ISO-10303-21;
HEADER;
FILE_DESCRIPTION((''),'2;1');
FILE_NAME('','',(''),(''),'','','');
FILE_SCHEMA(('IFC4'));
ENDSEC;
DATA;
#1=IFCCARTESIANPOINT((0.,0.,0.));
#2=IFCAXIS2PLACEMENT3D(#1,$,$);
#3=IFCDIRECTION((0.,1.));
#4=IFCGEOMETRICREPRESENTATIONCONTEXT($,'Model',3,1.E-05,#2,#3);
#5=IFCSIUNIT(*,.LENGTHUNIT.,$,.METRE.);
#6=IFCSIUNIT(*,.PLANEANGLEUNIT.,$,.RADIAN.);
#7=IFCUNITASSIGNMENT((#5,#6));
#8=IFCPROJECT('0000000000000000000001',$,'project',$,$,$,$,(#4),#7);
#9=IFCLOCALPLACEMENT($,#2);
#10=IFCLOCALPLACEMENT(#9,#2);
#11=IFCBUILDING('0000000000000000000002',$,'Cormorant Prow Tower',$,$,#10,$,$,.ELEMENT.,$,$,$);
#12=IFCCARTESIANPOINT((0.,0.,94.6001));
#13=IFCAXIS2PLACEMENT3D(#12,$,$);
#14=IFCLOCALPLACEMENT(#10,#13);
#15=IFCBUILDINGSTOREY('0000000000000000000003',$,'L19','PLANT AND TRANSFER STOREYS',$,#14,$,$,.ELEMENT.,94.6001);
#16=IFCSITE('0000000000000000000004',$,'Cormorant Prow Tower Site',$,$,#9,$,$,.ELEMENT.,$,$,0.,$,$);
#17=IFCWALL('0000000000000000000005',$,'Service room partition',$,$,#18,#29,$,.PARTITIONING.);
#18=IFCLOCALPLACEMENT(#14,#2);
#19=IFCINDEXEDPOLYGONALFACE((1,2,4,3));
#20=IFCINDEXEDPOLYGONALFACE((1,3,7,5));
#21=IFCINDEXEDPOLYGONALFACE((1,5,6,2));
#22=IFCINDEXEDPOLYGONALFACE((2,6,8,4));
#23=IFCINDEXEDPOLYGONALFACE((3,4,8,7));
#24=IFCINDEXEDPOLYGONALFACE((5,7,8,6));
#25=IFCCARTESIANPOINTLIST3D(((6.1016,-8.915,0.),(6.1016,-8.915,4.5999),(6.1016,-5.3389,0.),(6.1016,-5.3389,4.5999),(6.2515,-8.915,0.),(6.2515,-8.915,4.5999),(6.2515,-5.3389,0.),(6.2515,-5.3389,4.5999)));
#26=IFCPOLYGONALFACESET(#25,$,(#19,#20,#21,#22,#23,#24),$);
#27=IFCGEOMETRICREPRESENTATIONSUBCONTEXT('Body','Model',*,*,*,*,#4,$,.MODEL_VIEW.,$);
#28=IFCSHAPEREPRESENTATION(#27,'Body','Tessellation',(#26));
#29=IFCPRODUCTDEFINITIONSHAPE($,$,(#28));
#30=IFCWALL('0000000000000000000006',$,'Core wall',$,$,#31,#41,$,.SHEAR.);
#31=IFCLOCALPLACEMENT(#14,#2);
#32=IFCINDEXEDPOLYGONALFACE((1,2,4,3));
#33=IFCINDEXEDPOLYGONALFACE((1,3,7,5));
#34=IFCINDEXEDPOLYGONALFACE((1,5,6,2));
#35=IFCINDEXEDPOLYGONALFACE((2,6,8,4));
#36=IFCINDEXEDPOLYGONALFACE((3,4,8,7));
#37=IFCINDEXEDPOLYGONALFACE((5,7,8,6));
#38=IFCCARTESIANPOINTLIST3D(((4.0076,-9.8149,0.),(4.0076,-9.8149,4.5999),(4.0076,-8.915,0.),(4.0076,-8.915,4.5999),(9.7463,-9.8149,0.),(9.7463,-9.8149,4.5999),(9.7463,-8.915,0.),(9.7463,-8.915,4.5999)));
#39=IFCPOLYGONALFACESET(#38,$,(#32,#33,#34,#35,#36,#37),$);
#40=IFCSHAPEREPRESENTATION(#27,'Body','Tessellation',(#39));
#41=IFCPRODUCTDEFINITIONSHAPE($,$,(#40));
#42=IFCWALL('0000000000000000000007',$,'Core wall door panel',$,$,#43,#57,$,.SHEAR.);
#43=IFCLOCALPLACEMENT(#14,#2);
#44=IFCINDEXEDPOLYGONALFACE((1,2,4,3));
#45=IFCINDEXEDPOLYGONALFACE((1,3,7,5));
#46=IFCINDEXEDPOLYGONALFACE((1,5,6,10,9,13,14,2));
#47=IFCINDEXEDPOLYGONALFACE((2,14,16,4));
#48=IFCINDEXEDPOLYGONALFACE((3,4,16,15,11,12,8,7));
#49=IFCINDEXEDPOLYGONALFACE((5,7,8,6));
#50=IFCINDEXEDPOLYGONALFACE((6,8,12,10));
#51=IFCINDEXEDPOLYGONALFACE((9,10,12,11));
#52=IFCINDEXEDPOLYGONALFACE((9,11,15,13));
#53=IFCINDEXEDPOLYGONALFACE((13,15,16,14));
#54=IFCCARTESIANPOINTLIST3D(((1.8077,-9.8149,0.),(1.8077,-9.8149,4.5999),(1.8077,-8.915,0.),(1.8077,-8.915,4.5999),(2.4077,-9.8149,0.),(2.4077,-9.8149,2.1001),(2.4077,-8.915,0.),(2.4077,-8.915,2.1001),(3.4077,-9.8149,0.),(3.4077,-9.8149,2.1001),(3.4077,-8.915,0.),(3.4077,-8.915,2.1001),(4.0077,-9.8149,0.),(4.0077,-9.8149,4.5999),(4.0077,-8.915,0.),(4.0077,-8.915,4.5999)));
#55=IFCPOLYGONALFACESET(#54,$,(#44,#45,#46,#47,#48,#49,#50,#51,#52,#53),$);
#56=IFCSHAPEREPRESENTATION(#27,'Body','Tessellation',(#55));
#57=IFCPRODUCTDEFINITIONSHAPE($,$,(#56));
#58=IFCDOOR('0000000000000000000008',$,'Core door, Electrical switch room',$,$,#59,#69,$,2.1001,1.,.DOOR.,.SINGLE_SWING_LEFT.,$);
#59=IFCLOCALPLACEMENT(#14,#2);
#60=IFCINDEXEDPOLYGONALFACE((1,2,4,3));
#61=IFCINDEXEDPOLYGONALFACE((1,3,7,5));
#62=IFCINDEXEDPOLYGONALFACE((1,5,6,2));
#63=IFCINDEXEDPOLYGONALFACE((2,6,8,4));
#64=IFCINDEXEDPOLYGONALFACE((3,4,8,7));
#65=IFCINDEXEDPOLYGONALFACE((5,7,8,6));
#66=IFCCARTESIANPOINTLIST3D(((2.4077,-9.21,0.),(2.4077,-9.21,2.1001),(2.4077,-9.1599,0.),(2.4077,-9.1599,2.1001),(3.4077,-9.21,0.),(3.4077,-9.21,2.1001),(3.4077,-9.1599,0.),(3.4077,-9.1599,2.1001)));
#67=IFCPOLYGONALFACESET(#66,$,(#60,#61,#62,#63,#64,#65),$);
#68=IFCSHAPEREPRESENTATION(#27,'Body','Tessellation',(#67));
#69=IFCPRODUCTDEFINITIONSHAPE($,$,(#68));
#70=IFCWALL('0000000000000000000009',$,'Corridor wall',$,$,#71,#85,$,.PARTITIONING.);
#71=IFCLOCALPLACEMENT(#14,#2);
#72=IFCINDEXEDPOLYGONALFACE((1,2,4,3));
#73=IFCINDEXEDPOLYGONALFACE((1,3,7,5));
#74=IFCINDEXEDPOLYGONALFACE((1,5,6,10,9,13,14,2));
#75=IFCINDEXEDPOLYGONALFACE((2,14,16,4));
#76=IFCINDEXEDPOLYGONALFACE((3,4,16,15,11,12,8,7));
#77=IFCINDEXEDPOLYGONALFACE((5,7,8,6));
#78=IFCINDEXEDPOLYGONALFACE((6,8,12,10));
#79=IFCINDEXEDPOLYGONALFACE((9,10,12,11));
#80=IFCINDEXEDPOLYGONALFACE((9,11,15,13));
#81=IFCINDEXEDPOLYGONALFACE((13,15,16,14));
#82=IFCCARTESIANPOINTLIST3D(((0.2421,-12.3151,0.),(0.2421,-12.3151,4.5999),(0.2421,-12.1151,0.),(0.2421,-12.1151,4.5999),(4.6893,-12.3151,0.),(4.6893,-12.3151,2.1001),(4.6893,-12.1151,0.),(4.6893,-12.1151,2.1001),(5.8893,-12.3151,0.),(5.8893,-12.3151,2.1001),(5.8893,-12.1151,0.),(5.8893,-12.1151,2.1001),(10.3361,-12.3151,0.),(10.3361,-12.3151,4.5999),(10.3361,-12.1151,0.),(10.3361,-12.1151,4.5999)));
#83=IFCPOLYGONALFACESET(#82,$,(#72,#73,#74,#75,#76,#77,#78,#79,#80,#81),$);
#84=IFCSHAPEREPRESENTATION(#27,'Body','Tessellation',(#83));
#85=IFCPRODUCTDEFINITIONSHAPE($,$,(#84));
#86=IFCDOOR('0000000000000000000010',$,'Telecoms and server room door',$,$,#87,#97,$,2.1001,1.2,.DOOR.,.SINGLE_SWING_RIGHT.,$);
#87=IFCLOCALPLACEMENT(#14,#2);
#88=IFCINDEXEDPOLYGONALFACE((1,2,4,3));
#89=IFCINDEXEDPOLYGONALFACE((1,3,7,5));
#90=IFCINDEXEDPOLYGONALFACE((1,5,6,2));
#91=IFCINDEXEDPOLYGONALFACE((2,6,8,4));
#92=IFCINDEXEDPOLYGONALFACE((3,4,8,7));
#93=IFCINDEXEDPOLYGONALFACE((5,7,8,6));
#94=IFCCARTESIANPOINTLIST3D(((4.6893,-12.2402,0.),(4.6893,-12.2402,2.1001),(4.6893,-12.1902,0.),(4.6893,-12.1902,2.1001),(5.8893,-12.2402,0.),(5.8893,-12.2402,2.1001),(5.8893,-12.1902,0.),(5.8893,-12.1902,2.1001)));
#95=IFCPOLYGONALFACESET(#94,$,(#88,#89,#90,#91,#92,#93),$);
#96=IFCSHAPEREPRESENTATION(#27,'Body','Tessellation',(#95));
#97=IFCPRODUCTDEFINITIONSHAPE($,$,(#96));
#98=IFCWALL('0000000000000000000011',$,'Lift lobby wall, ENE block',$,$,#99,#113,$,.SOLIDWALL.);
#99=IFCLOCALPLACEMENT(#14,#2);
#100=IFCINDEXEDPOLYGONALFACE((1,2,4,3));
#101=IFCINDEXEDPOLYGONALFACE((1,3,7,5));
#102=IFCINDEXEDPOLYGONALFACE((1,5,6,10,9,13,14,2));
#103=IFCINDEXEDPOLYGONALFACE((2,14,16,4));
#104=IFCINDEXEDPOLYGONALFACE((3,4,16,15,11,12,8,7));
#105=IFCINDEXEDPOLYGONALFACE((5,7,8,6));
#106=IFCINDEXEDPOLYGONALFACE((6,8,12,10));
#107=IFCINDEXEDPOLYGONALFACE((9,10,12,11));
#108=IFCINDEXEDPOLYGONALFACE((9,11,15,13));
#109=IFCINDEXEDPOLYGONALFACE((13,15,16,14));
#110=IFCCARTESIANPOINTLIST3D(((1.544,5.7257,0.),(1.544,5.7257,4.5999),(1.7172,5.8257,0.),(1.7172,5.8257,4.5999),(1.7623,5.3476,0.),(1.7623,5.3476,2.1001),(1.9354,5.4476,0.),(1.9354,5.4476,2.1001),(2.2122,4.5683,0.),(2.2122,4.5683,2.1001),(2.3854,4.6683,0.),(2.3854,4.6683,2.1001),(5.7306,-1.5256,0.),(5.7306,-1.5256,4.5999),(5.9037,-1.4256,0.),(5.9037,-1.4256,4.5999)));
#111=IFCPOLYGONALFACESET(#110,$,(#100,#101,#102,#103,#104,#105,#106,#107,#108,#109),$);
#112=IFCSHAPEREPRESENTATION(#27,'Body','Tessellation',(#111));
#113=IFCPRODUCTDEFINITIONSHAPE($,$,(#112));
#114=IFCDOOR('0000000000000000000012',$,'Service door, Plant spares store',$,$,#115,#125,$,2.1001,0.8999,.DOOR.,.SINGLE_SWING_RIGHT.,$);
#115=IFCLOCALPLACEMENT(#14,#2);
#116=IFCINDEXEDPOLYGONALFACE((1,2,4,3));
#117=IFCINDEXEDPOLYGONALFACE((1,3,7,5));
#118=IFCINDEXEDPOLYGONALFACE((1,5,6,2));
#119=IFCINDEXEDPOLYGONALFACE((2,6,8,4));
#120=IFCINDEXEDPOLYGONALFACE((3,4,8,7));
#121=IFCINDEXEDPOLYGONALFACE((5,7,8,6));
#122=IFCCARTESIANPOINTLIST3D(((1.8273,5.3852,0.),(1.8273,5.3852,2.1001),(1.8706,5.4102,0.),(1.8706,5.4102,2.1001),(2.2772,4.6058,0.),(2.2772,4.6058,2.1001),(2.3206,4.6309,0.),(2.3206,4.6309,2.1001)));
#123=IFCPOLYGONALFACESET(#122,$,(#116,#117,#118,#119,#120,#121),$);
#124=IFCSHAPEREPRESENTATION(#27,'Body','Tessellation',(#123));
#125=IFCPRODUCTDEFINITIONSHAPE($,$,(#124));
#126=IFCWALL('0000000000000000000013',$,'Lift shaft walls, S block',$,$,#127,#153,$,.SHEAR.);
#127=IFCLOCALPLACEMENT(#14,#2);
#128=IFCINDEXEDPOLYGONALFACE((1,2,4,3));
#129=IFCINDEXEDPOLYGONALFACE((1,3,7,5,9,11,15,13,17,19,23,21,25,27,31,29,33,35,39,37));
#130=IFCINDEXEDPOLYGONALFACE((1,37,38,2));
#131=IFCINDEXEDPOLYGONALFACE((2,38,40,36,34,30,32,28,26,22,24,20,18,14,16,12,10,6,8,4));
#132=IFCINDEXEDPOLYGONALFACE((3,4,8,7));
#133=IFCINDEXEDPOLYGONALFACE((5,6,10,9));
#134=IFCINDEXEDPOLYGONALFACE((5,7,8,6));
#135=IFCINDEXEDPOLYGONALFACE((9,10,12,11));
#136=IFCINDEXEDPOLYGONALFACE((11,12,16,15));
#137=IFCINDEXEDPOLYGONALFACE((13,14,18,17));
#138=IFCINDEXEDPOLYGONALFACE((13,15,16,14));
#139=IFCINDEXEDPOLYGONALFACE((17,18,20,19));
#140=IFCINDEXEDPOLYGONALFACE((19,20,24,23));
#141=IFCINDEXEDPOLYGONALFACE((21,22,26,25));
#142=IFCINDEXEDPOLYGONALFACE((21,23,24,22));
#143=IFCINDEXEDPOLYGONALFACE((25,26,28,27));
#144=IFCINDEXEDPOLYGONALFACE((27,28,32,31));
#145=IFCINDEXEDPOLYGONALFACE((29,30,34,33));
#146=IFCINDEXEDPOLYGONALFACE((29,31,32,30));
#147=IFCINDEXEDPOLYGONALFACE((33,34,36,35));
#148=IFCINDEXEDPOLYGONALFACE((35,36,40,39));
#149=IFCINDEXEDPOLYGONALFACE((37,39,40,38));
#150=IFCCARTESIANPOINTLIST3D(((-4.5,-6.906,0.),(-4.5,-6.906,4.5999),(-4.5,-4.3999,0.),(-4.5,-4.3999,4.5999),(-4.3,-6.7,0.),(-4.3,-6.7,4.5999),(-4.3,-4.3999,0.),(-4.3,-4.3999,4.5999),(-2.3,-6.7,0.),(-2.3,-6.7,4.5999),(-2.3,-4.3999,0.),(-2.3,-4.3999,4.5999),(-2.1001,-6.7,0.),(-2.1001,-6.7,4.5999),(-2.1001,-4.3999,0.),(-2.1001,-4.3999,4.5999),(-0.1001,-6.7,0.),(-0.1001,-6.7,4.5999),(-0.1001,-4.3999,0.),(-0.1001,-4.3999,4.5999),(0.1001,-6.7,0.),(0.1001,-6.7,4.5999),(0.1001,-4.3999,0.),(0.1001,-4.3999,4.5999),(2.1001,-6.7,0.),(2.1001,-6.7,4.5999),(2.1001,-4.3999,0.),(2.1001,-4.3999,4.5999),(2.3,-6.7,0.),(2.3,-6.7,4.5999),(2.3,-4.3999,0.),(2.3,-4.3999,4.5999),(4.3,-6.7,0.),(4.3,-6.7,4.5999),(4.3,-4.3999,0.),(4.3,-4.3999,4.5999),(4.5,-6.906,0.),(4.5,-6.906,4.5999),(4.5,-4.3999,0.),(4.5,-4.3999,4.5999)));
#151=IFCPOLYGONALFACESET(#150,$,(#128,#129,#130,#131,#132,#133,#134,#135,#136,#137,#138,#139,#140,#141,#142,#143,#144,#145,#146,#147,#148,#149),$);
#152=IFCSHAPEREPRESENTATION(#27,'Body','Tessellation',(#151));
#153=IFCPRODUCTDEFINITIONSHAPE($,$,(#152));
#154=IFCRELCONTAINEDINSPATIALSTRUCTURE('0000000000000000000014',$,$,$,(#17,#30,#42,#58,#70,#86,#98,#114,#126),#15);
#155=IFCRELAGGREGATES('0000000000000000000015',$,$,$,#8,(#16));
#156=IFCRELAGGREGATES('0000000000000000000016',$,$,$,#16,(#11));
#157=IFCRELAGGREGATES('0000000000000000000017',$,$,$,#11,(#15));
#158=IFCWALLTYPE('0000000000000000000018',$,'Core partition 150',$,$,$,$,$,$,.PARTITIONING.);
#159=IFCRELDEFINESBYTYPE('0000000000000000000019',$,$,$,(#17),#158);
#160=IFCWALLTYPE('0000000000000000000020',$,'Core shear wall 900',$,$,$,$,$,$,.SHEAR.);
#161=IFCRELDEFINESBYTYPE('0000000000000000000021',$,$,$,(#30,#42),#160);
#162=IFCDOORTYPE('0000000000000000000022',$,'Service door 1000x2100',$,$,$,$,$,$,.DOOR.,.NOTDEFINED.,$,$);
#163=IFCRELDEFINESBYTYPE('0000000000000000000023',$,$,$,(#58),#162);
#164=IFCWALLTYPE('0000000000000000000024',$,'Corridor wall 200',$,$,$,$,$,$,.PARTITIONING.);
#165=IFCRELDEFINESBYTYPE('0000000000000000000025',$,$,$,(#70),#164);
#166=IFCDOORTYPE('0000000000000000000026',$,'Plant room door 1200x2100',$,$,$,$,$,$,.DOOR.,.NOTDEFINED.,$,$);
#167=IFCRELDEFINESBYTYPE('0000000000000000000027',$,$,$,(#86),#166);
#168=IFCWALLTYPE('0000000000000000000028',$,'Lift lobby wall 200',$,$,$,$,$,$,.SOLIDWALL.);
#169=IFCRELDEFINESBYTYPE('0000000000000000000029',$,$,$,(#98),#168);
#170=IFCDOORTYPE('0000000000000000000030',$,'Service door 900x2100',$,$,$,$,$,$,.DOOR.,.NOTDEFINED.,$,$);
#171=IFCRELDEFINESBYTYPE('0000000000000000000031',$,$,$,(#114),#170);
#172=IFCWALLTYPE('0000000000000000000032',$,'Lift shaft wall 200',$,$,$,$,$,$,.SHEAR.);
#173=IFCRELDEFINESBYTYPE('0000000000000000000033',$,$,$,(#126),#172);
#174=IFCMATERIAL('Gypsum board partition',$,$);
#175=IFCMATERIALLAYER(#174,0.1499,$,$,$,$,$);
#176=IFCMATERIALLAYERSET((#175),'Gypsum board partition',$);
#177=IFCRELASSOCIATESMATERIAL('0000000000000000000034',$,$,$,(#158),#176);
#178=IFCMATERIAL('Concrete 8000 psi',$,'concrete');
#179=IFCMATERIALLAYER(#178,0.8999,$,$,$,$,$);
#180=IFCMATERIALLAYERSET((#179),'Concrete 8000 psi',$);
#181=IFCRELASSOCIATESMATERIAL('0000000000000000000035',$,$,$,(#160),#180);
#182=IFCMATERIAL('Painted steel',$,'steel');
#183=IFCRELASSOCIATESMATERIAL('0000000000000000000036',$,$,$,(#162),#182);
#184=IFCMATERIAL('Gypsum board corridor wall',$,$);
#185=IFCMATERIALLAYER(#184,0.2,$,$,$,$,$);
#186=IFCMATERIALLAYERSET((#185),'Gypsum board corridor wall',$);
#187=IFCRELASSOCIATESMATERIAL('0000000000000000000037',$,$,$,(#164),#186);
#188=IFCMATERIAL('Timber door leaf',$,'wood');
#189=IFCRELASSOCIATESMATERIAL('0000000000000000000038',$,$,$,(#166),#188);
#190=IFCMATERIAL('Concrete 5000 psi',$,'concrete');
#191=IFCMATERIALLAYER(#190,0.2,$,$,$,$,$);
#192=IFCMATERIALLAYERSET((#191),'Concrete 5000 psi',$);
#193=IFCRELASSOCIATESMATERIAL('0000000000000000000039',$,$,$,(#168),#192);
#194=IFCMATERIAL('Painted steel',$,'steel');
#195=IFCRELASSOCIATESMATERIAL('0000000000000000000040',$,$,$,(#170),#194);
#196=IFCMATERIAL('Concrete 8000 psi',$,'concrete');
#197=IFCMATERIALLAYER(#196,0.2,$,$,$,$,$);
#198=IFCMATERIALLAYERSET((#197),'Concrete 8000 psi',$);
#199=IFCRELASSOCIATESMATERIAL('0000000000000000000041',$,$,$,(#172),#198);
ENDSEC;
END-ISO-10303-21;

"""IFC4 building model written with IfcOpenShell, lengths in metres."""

from ifc_helpers import new_model, si_unit, direction, frame, frame_2d, origin, place, context, subcontext, project, spatial, polyline, rectangle, outline, extrude, material, layer, layer_set, type_object, element, fill, save


model = new_model("IFC4")

# Units and contexts
model_context = context("Model", 3, precision=1e-05, world=origin(), true_north=direction((0.0, 1.0)))
body_context = subcontext(model_context, "Body", "Model", "MODEL_VIEW")
ifc_project = project(units=[si_unit("LENGTHUNIT", "METRE"), si_unit("PLANEANGLEUNIT", "RADIAN")], contexts=[model_context])

# Site, building, storey
site_placement = place(None, origin())
site = spatial("IfcSite", under=ifc_project, at=site_placement, Name="Cormorant Prow Tower Site", CompositionType="ELEMENT", RefElevation=0.0)
building_placement = place(site_placement, origin())
building = spatial("IfcBuilding", under=site, at=building_placement, Name="Cormorant Prow Tower", CompositionType="ELEMENT")
storey_placement = place(building_placement, frame((0.0, 0.0, 94.6001)))
storey = spatial("IfcBuildingStorey", under=building, at=storey_placement, Name="L19", Description="PLANT AND TRANSFER STOREYS", CompositionType="ELEMENT", Elevation=94.6001)

# Walls
ifc_material_1 = material(Name="Gypsum board partition")
ifc_layer_1 = layer(ifc_material_1, 0.1499)
ifc_layer_set_1 = layer_set([ifc_layer_1], Name="Gypsum board partition")
wall_type_1 = type_object("IfcWallType", Name="Core partition 150", PredefinedType="PARTITIONING", material=ifc_layer_set_1)
wall_1_placement = place(storey_placement, frame((6.1765, -8.915, 0.0), z_axis=(0.0, 0.0, 1.0), x_axis=(0.0, 1.0, 0.0)))
element("IfcWall", 1, at=wall_1_placement, inside=storey, type_object=wall_type_1, Name="Service room partition", PredefinedType="PARTITIONING", context=body_context, shape_type="SweptSolid", body=[
    extrude(rectangle(XDim=3.5762, YDim=0.1499, at=frame_2d((1.7881, 0.0))), origin(), (0.0, 0.0, 1.0), 4.5999),
])
ifc_material_2 = material(Name="Concrete 8000 psi", Category="concrete")
ifc_layer_2 = layer(ifc_material_2, 0.8999)
ifc_layer_set_2 = layer_set([ifc_layer_2], Name="Concrete 8000 psi")
wall_type_2 = type_object("IfcWallType", Name="Core shear wall 900", PredefinedType="SHEAR", material=ifc_layer_set_2)
wall_2_placement = place(storey_placement, frame((4.0076, -9.365, 0.0), z_axis=(0.0, 0.0, 1.0), x_axis=(1.0, 0.0, 0.0)))
element("IfcWall", 2, at=wall_2_placement, inside=storey, type_object=wall_type_2, Name="Core wall", PredefinedType="SHEAR", context=body_context, shape_type="SweptSolid", body=[
    extrude(rectangle(XDim=5.7388, YDim=0.8999, at=frame_2d((2.8694, 0.0))), origin(), (0.0, 0.0, 1.0), 4.5999),
])

# Walls, openings, doors
wall_3_placement = place(storey_placement, frame((1.8076, -9.365, 0.0), z_axis=(0.0, 0.0, 1.0), x_axis=(1.0, 0.0, 0.0)))
wall_3 = element("IfcWall", 3, at=wall_3_placement, inside=storey, type_object=wall_type_2, Name="Core wall door panel", PredefinedType="SHEAR", context=body_context, shape_type="SweptSolid", body=[
    extrude(rectangle(XDim=2.2, YDim=0.8999, at=frame_2d((1.1001, 0.0))), origin(), (0.0, 0.0, 1.0), 4.5999),
])
opening_1_placement = place(wall_3_placement, frame((0.6001, 0.0, 0.0)))
opening_1 = element("IfcOpeningElement", 4, at=opening_1_placement, cuts=wall_3, PredefinedType="OPENING", context=body_context, shape_type="SweptSolid", body=[
    extrude(rectangle(XDim=1.0, YDim=2.1001, at=frame_2d((0.5, 1.05))), frame((0.0, 0.46, 0.0), z_axis=(0.0, -1.0, 0.0), x_axis=(1.0, 0.0, 0.0)), (0.0, 0.0, 1.0), 0.9199),
])
ifc_material_3 = material(Name="Painted steel", Category="steel")
door_type_1 = type_object("IfcDoorType", Name="Service door 1000x2100", OperationType="NOTDEFINED", PredefinedType="DOOR", material=ifc_material_3)
door_1_placement = place(opening_1_placement, origin())
door_1 = element("IfcDoor", 5, at=door_1_placement, inside=storey, type_object=door_type_1, Name="Core door, Electrical switch room", OperationType="SINGLE_SWING_LEFT", OverallHeight=2.1001, OverallWidth=1.0, PredefinedType="DOOR", context=body_context, shape_type="SweptSolid", body=[
    extrude(rectangle(XDim=1.0, YDim=2.1001, at=frame_2d((0.5, 1.05))), frame((0.0, 0.2051, 0.0), z_axis=(0.0, -1.0, 0.0), x_axis=(1.0, 0.0, 0.0)), (0.0, 0.0, 1.0), 0.05),
])
fill(opening_1, door_1)
ifc_material_4 = material(Name="Gypsum board corridor wall")
ifc_layer_3 = layer(ifc_material_4, 0.2)
ifc_layer_set_3 = layer_set([ifc_layer_3], Name="Gypsum board corridor wall")
wall_type_3 = type_object("IfcWallType", Name="Corridor wall 200", PredefinedType="PARTITIONING", material=ifc_layer_set_3)
wall_4_placement = place(storey_placement, frame((0.2422, -12.2151, 0.0), z_axis=(0.0, 0.0, 1.0), x_axis=(1.0, 0.0, 0.0)))
wall_4 = element("IfcWall", 6, at=wall_4_placement, inside=storey, type_object=wall_type_3, Name="Corridor wall", PredefinedType="PARTITIONING", context=body_context, shape_type="SweptSolid", body=[
    extrude(rectangle(XDim=10.094, YDim=0.2, at=frame_2d((5.0469, 0.0))), origin(), (0.0, 0.0, 1.0), 4.5999),
])
opening_2_placement = place(wall_4_placement, frame((4.447, 0.0, 0.0)))
opening_2 = element("IfcOpeningElement", 7, at=opening_2_placement, cuts=wall_4, PredefinedType="OPENING", context=body_context, shape_type="SweptSolid", body=[
    extrude(rectangle(XDim=1.2, YDim=2.1001, at=frame_2d((0.6001, 1.05))), frame((0.0, 0.1099, 0.0), z_axis=(0.0, -1.0, 0.0), x_axis=(1.0, 0.0, 0.0)), (0.0, 0.0, 1.0), 0.22),
])
ifc_material_5 = material(Name="Timber door leaf", Category="wood")
door_type_2 = type_object("IfcDoorType", Name="Plant room door 1200x2100", OperationType="NOTDEFINED", PredefinedType="DOOR", material=ifc_material_5)
door_2_placement = place(opening_2_placement, origin())
door_2 = element("IfcDoor", 8, at=door_2_placement, inside=storey, type_object=door_type_2, Name="Telecoms and server room door", OperationType="SINGLE_SWING_RIGHT", OverallHeight=2.1001, OverallWidth=1.2, PredefinedType="DOOR", context=body_context, shape_type="SweptSolid", body=[
    extrude(rectangle(XDim=1.2, YDim=2.1001, at=frame_2d((0.6001, 1.05))), frame((0.0, 0.0249, 0.0), z_axis=(0.0, -1.0, 0.0), x_axis=(1.0, 0.0, 0.0)), (0.0, 0.0, 1.0), 0.05),
])
fill(opening_2, door_2)
ifc_material_6 = material(Name="Concrete 5000 psi", Category="concrete")
ifc_layer_4 = layer(ifc_material_6, 0.2)
ifc_layer_set_4 = layer_set([ifc_layer_4], Name="Concrete 5000 psi")
wall_type_4 = type_object("IfcWallType", Name="Lift lobby wall 200", PredefinedType="SOLIDWALL", material=ifc_layer_set_4)
wall_5_placement = place(storey_placement, frame((5.8171, -1.4756, 0.0), z_axis=(0.0, 0.0, 1.0), x_axis=(-0.500003, 0.866024, 0.0)))
wall_5 = element("IfcWall", 9, at=wall_5_placement, inside=storey, type_object=wall_type_4, Name="Lift lobby wall, ENE block", PredefinedType="SOLIDWALL", context=body_context, shape_type="SweptSolid", body=[
    extrude(rectangle(XDim=8.373, YDim=0.2, at=frame_2d((4.1865, 0.0))), origin(), (0.0, 0.0, 1.0), 4.5999),
])
opening_3_placement = place(wall_5_placement, frame((7.0366, 0.0, 0.0)))
opening_3 = element("IfcOpeningElement", 10, at=opening_3_placement, cuts=wall_5, PredefinedType="OPENING", context=body_context, shape_type="SweptSolid", body=[
    extrude(rectangle(XDim=0.8999, YDim=2.1001, at=frame_2d((0.45, 1.05))), frame((0.0, 0.1099, 0.0), z_axis=(0.0, -1.0, 0.0), x_axis=(1.0, 0.0, 0.0)), (0.0, 0.0, 1.0), 0.22),
])
ifc_material_7 = material(Name="Painted steel", Category="steel")
door_type_3 = type_object("IfcDoorType", Name="Service door 900x2100", OperationType="NOTDEFINED", PredefinedType="DOOR", material=ifc_material_7)
door_3_placement = place(opening_3_placement, origin())
door_3 = element("IfcDoor", 11, at=door_3_placement, inside=storey, type_object=door_type_3, Name="Service door, Plant spares store", OperationType="SINGLE_SWING_RIGHT", OverallHeight=2.1001, OverallWidth=0.8999, PredefinedType="DOOR", context=body_context, shape_type="SweptSolid", body=[
    extrude(rectangle(XDim=0.8999, YDim=2.1001, at=frame_2d((0.45, 1.05))), frame((0.0, 0.0249, 0.0), z_axis=(0.0, -1.0, 0.0), x_axis=(1.0, 0.0, 0.0)), (0.0, 0.0, 1.0), 0.05),
])
fill(opening_3, door_3)

# Wall
ifc_material_8 = material(Name="Concrete 8000 psi", Category="concrete")
ifc_layer_5 = layer(ifc_material_8, 0.2)
ifc_layer_set_5 = layer_set([ifc_layer_5], Name="Concrete 8000 psi")
wall_type_5 = type_object("IfcWallType", Name="Lift shaft wall 200", PredefinedType="SHEAR", material=ifc_layer_set_5)
wall_6_placement = place(storey_placement, origin())
element("IfcWall", 12, at=wall_6_placement, inside=storey, type_object=wall_type_5, Name="Lift shaft walls, S block", PredefinedType="SHEAR", context=body_context, shape_type="SweptSolid", body=[
    extrude(outline(polyline([(4.5, -4.3999), (4.5, -6.906), (-4.5, -6.906), (-4.5, -4.3999), (-4.3, -4.3999), (-4.3, -6.7), (-2.3, -6.7), (-2.3, -4.3999), (-2.1001, -4.3999), (-2.1001, -6.7), (-0.1001, -6.7), (-0.1001, -4.3999), (0.1001, -4.3999), (0.1001, -6.7), (2.1001, -6.7), (2.1001, -4.3999), (2.3, -4.3999), (2.3, -6.7), (4.3, -6.7), (4.3, -4.3999), (4.5, -4.3999)])), origin(), (0.0, 0.0, 1.0), 4.5999),
])

save(model, "model.ifc")
